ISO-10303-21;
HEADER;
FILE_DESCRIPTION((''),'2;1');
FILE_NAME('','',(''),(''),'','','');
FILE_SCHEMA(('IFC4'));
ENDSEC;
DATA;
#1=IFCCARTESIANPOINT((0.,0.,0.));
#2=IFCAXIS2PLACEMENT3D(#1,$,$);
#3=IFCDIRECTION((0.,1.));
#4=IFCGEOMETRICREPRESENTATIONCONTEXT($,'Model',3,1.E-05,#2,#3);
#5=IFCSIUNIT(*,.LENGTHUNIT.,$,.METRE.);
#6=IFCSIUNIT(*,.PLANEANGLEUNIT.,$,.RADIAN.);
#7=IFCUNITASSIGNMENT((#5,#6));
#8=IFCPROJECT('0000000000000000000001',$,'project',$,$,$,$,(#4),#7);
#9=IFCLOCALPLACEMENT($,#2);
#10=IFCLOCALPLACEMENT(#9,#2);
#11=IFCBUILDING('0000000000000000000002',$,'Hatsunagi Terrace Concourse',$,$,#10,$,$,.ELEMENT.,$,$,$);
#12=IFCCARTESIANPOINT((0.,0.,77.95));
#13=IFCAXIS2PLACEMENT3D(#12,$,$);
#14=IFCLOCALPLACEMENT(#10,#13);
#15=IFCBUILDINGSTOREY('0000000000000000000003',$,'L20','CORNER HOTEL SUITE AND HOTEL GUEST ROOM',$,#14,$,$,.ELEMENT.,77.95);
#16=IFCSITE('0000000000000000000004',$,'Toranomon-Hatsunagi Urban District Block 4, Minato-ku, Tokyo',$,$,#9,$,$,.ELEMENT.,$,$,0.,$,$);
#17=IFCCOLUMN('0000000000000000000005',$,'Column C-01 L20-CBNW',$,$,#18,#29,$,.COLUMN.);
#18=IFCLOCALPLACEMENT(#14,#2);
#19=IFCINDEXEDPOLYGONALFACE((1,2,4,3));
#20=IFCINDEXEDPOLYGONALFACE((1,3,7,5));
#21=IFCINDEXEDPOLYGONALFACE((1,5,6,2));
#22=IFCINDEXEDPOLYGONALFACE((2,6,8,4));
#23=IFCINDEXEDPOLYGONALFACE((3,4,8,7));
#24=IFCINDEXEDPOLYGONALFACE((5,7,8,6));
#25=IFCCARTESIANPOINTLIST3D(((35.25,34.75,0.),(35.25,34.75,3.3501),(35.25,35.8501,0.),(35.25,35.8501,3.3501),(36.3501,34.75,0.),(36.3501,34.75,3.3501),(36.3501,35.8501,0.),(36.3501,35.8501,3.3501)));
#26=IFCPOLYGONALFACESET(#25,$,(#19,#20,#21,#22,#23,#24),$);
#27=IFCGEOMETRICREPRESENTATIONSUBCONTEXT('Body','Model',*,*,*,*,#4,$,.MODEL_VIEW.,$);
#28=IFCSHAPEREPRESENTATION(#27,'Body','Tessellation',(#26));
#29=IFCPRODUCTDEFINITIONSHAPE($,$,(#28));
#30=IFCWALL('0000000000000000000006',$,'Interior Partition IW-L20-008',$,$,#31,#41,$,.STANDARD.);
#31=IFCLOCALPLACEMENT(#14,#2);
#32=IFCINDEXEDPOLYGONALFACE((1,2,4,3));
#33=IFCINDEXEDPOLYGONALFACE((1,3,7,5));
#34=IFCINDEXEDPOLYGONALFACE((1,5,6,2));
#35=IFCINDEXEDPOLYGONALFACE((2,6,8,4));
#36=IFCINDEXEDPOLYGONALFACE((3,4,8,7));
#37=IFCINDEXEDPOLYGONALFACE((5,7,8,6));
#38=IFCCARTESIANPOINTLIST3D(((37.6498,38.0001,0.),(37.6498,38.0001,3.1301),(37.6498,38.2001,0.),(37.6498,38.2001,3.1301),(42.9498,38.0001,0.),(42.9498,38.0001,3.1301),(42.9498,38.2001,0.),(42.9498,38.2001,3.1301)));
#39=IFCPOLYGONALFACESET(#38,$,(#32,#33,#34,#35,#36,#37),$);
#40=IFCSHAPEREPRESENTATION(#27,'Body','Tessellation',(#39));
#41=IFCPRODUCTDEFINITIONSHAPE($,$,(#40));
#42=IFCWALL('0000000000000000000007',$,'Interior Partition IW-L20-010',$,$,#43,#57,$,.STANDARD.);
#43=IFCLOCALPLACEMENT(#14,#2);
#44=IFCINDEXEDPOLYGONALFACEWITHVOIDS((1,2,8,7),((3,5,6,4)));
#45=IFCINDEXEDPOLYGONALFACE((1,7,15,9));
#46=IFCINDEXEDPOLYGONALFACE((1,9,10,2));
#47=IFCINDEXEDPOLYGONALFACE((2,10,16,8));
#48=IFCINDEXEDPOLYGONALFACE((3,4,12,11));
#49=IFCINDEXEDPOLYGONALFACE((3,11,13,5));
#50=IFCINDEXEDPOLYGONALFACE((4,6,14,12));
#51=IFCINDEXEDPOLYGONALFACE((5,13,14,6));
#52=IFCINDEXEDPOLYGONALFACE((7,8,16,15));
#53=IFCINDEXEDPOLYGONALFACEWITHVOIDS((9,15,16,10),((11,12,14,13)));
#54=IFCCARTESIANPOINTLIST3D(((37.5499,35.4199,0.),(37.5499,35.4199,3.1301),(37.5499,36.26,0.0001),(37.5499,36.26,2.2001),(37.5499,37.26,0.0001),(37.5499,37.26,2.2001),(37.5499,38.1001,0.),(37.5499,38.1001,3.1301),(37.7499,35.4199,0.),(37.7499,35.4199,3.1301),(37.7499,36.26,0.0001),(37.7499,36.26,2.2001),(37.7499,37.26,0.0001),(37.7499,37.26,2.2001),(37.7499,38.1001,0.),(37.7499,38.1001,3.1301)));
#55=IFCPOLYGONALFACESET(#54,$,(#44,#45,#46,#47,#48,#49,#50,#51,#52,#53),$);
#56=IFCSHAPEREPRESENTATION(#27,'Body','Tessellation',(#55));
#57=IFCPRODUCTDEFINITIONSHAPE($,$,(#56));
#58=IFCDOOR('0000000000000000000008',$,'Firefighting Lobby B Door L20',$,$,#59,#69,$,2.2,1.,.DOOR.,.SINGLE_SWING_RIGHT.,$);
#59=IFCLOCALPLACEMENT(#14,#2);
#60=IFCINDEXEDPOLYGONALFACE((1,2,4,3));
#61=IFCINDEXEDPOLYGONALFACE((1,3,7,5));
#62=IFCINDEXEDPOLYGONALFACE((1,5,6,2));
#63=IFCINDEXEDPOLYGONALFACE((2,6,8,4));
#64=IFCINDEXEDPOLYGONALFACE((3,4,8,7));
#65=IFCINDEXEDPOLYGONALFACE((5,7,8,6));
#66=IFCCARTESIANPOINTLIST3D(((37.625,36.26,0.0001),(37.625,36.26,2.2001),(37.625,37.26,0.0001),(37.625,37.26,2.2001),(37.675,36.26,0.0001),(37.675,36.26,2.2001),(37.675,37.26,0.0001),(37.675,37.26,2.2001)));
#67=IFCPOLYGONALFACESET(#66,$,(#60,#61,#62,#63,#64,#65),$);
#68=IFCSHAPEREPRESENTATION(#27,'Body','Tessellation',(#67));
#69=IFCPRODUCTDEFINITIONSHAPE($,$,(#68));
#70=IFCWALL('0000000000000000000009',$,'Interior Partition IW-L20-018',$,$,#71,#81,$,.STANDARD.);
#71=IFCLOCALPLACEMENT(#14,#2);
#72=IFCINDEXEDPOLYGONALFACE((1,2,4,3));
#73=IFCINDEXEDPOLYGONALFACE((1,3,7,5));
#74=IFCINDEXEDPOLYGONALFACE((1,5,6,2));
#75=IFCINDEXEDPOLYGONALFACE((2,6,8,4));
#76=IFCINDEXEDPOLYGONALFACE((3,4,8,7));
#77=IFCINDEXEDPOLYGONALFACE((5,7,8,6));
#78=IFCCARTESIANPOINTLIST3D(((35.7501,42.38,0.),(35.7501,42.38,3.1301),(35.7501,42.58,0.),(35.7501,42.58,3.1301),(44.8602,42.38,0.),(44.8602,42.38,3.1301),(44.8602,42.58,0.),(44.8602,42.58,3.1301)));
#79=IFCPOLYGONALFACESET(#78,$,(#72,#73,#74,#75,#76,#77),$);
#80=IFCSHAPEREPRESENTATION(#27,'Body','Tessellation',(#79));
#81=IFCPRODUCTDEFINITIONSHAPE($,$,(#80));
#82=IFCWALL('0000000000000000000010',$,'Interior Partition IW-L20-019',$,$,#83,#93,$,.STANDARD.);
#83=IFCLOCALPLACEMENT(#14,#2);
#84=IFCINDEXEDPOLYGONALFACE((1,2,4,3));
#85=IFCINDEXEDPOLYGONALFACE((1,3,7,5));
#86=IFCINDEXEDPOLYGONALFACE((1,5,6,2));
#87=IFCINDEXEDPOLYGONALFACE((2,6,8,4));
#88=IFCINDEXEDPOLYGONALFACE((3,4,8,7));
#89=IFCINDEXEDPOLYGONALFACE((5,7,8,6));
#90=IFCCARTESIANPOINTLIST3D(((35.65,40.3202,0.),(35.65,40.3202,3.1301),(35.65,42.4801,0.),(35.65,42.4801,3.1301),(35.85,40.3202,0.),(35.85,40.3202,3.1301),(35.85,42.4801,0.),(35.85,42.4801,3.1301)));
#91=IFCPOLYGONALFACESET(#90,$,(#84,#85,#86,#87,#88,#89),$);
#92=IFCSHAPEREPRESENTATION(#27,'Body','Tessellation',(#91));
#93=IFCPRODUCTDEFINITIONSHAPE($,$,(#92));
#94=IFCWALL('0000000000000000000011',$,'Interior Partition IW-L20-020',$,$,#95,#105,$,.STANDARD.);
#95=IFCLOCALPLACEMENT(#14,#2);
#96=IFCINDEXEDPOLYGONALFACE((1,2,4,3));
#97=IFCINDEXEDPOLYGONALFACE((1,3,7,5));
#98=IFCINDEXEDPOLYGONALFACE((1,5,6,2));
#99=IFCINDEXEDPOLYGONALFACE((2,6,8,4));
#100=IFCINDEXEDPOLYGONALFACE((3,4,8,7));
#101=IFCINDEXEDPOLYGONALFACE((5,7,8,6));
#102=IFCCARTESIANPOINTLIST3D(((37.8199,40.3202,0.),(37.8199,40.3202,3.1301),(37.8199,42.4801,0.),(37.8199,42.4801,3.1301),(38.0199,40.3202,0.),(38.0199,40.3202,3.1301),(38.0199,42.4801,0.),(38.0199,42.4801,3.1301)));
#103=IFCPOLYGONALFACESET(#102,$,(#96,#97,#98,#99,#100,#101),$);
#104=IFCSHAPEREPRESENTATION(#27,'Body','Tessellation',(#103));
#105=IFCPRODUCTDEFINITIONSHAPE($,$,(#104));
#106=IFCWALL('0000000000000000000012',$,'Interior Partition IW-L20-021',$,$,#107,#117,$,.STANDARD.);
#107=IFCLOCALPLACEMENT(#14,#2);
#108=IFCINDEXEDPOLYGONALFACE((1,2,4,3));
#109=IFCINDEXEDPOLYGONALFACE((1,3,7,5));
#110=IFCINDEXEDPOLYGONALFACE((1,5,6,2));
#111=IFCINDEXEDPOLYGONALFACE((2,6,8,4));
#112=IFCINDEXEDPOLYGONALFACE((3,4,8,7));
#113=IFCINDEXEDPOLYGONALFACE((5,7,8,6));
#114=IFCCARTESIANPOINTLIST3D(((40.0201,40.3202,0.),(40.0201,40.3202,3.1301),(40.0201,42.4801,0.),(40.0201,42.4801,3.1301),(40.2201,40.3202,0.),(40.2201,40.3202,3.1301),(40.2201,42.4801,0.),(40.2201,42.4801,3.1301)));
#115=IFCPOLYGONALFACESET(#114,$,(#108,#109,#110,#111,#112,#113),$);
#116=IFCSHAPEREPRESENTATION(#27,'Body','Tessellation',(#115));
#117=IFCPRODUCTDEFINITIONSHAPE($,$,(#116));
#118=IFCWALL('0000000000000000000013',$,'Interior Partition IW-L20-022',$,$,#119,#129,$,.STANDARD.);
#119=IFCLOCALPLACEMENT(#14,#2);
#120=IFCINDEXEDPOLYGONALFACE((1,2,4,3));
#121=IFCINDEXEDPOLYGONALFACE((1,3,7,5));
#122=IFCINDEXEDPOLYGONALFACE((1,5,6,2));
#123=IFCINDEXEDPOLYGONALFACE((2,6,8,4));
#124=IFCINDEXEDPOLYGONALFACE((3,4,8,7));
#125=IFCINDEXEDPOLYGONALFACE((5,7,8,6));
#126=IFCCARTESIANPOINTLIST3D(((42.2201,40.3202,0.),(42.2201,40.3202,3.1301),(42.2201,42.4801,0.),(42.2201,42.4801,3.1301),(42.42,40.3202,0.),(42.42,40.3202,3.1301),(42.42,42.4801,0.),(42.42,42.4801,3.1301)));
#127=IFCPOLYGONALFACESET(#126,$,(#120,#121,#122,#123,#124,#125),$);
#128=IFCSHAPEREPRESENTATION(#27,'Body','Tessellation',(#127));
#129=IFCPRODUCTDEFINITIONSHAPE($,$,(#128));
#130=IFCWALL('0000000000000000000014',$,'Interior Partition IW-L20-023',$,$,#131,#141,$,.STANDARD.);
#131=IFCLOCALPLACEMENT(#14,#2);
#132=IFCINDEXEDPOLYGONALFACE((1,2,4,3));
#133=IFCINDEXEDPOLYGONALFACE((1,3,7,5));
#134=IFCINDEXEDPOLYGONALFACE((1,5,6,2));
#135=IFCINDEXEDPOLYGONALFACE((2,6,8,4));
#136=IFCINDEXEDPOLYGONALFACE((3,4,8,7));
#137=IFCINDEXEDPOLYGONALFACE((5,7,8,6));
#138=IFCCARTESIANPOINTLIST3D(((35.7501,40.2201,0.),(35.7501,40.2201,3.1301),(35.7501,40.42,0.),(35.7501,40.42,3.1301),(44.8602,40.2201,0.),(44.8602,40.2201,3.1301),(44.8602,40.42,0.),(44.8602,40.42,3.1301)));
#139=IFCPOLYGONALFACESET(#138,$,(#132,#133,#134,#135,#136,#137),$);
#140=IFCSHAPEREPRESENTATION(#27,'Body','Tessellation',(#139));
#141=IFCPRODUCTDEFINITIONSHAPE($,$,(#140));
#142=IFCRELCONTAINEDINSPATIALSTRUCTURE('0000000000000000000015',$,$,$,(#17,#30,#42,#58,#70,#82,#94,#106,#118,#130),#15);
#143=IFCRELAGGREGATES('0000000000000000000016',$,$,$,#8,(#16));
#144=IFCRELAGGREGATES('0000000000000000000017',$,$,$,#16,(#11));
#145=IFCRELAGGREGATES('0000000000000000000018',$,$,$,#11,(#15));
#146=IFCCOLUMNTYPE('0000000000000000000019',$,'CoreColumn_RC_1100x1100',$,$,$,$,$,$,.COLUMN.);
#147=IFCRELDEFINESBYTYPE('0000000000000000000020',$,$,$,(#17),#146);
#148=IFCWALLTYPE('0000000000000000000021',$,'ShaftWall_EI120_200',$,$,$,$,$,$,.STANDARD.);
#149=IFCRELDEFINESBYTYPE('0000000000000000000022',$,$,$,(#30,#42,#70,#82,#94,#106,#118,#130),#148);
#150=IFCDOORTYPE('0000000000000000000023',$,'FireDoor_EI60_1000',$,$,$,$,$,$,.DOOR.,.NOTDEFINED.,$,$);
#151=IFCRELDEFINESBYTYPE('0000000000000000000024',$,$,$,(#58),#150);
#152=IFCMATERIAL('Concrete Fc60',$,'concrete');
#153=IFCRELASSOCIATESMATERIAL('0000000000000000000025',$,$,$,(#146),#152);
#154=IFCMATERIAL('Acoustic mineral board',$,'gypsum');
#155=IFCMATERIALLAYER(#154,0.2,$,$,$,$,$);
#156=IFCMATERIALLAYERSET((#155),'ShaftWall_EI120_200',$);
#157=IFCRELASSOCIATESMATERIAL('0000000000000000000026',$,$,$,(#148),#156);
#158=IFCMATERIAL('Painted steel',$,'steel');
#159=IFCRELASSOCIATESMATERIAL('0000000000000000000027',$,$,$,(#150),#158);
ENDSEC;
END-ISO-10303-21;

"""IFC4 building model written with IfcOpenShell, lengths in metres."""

from ifc_helpers import new_model, si_unit, direction, frame, frame_2d, origin, origin_2d, place, context, subcontext, project, spatial, rectangle, extrude, material, layer, layer_set, material_profile, profile_set, type_object, element, fill, save


model = new_model("IFC4")

# Units and contexts
model_context = context("Model", 3, precision=1e-05, world=origin(), true_north=direction((0.0, 1.0)))
body_context = subcontext(model_context, "Body", "Model", "MODEL_VIEW")
ifc_project = project(units=[si_unit("LENGTHUNIT", "METRE"), si_unit("PLANEANGLEUNIT", "RADIAN")], contexts=[model_context])

# Site, building, storey
site_placement = place(None, origin())
site = spatial("IfcSite", under=ifc_project, at=site_placement, Name="Toranomon-Hatsunagi Urban District Block 4, Minato-ku, Tokyo", CompositionType="ELEMENT", RefElevation=0.0)
building_placement = place(site_placement, origin())
building = spatial("IfcBuilding", under=site, at=building_placement, Name="Hatsunagi Terrace Concourse", CompositionType="ELEMENT")
storey_placement = place(building_placement, frame((0.0, 0.0, 77.95)))
storey = spatial("IfcBuildingStorey", under=building, at=storey_placement, Name="L20", Description="CORNER HOTEL SUITE AND HOTEL GUEST ROOM", CompositionType="ELEMENT", Elevation=77.95)

# Column
ifc_material_1 = material(Name="Concrete Fc60", Category="concrete")
ifc_material_profile = material_profile(ifc_material_1, rectangle(XDim=1.1001, YDim=1.1001, at=origin_2d()), Name="RC-1100x1100")
ifc_profile_set = profile_set([ifc_material_profile], Name="Concrete Fc60")
column_type = type_object("IfcColumnType", Name="CoreColumn_RC_1100x1100", PredefinedType="COLUMN", material=ifc_profile_set)
column_placement = place(storey_placement, frame((35.8, 35.3, 0.0), z_axis=(0.0, 0.0, 1.0), x_axis=(1.0, 0.0, 0.0)))
element("IfcColumn", 1, at=column_placement, inside=storey, type_object=column_type, Name="Column C-01 L20-CBNW", PredefinedType="COLUMN", context=body_context, shape_type="SweptSolid", body=[
    extrude(rectangle(XDim=1.1001, YDim=1.1001, at=origin_2d()), origin(), (0.0, 0.0, 1.0), 3.3501),
])

# Wall
ifc_material_2 = material(Name="Acoustic mineral board", Category="gypsum")
ifc_layer_1 = layer(ifc_material_2, 0.2)
ifc_layer_set_1 = layer_set([ifc_layer_1], Name="ShaftWall_EI120_200")
wall_type_1 = type_object("IfcWallType", Name="ShaftWall_EI120_200", PredefinedType="STANDARD", material=ifc_layer_set_1)
wall_1_placement = place(storey_placement, frame((37.6499, 38.1001, 0.0), z_axis=(0.0, 0.0, 1.0), x_axis=(1.0, 0.0, 0.0)))
element("IfcWall", 2, at=wall_1_placement, inside=storey, type_object=wall_type_1, Name="Interior Partition IW-L20-008", PredefinedType="STANDARD", context=body_context, shape_type="SweptSolid", body=[
    extrude(rectangle(XDim=5.3, YDim=0.2, at=frame_2d((2.6499, 0.0))), origin(), (0.0, 0.0, 1.0), 3.1301),
])

# Wall, opening, door
wall_2_placement = place(storey_placement, frame((37.6499, 35.4199, 0.0), z_axis=(0.0, 0.0, 1.0), x_axis=(0.0, 1.0, 0.0)))
wall_2 = element("IfcWall", 3, at=wall_2_placement, inside=storey, type_object=wall_type_1, Name="Interior Partition IW-L20-010", PredefinedType="STANDARD", context=body_context, shape_type="SweptSolid", body=[
    extrude(rectangle(XDim=2.6802, YDim=0.2, at=frame_2d((1.3401, 0.0))), origin(), (0.0, 0.0, 1.0), 3.1301),
])
opening_1_placement = place(wall_2_placement, frame((0.8401, 0.0, 0.0)))
opening_1 = element("IfcOpeningElement", 4, at=opening_1_placement, cuts=wall_2, PredefinedType="OPENING", context=body_context, shape_type="SweptSolid", body=[
    extrude(rectangle(XDim=1.0, YDim=2.2, at=frame_2d((0.5, 1.1001))), frame((0.0, 0.1099, 0.0), z_axis=(0.0, -1.0, 0.0), x_axis=(1.0, 0.0, 0.0)), (0.0, 0.0, 1.0), 0.22),
])
ifc_material_3 = material(Name="Painted steel", Category="steel")
door_type_1 = type_object("IfcDoorType", Name="FireDoor_EI60_1000", OperationType="NOTDEFINED", PredefinedType="DOOR", material=ifc_material_3)
door_1_placement = place(opening_1_placement, origin())
door_1 = element("IfcDoor", 5, at=door_1_placement, inside=storey, type_object=door_type_1, Name="Firefighting Lobby B Door L20", OperationType="SINGLE_SWING_RIGHT", OverallHeight=2.2, OverallWidth=1.0, PredefinedType="DOOR", context=body_context, shape_type="SweptSolid", body=[
    extrude(rectangle(XDim=1.0, YDim=2.2, at=frame_2d((0.5, 1.1001))), frame((0.0, 0.0249, 0.0), z_axis=(0.0, -1.0, 0.0), x_axis=(1.0, 0.0, 0.0)), (0.0, 0.0, 1.0), 0.05),
])
fill(opening_1, door_1)

# Walls
wall_3_placement = place(storey_placement, frame((35.75, 42.48, 0.0), z_axis=(0.0, 0.0, 1.0), x_axis=(1.0, 0.0, 0.0)))
element("IfcWall", 6, at=wall_3_placement, inside=storey, type_object=wall_type_1, Name="Interior Partition IW-L20-018", PredefinedType="STANDARD", context=body_context, shape_type="SweptSolid", body=[
    extrude(rectangle(XDim=9.1101, YDim=0.2, at=frame_2d((4.5552, 0.0))), origin(), (0.0, 0.0, 1.0), 3.1301),
])
for number, where, z_axis, x_axis, name in (
    (7, (35.75, 40.3201, 0.0), (0.0, 0.0, 1.0), (0.0, 1.0, 0.0), "Interior Partition IW-L20-019"),
    (8, (37.9199, 40.3201, 0.0), (0.0, 0.0, 1.0), (0.0, 1.0, 0.0), "Interior Partition IW-L20-020"),
    (9, (40.1201, 40.3201, 0.0), (0.0, 0.0, 1.0), (0.0, 1.0, 0.0), "Interior Partition IW-L20-021"),
    (10, (42.3201, 40.3201, 0.0), (0.0, 0.0, 1.0), (0.0, 1.0, 0.0), "Interior Partition IW-L20-022"),
):
    element("IfcWall", number, at=place(storey_placement, frame(where, z_axis=z_axis, x_axis=x_axis)), inside=storey, type_object=wall_type_1, Name=name, PredefinedType="STANDARD", context=body_context, shape_type="SweptSolid", body=[
        extrude(rectangle(XDim=2.1599, YDim=0.2, at=frame_2d((1.0801, 0.0))), origin(), (0.0, 0.0, 1.0), 3.1301),
    ])
wall_4_placement = place(storey_placement, frame((35.75, 40.3201, 0.0), z_axis=(0.0, 0.0, 1.0), x_axis=(1.0, 0.0, 0.0)))
element("IfcWall", 11, at=wall_4_placement, inside=storey, type_object=wall_type_1, Name="Interior Partition IW-L20-023", PredefinedType="STANDARD", context=body_context, shape_type="SweptSolid", body=[
    extrude(rectangle(XDim=9.1101, YDim=0.2, at=frame_2d((4.5552, 0.0))), origin(), (0.0, 0.0, 1.0), 3.1301),
])

save(model, "model.ifc")
